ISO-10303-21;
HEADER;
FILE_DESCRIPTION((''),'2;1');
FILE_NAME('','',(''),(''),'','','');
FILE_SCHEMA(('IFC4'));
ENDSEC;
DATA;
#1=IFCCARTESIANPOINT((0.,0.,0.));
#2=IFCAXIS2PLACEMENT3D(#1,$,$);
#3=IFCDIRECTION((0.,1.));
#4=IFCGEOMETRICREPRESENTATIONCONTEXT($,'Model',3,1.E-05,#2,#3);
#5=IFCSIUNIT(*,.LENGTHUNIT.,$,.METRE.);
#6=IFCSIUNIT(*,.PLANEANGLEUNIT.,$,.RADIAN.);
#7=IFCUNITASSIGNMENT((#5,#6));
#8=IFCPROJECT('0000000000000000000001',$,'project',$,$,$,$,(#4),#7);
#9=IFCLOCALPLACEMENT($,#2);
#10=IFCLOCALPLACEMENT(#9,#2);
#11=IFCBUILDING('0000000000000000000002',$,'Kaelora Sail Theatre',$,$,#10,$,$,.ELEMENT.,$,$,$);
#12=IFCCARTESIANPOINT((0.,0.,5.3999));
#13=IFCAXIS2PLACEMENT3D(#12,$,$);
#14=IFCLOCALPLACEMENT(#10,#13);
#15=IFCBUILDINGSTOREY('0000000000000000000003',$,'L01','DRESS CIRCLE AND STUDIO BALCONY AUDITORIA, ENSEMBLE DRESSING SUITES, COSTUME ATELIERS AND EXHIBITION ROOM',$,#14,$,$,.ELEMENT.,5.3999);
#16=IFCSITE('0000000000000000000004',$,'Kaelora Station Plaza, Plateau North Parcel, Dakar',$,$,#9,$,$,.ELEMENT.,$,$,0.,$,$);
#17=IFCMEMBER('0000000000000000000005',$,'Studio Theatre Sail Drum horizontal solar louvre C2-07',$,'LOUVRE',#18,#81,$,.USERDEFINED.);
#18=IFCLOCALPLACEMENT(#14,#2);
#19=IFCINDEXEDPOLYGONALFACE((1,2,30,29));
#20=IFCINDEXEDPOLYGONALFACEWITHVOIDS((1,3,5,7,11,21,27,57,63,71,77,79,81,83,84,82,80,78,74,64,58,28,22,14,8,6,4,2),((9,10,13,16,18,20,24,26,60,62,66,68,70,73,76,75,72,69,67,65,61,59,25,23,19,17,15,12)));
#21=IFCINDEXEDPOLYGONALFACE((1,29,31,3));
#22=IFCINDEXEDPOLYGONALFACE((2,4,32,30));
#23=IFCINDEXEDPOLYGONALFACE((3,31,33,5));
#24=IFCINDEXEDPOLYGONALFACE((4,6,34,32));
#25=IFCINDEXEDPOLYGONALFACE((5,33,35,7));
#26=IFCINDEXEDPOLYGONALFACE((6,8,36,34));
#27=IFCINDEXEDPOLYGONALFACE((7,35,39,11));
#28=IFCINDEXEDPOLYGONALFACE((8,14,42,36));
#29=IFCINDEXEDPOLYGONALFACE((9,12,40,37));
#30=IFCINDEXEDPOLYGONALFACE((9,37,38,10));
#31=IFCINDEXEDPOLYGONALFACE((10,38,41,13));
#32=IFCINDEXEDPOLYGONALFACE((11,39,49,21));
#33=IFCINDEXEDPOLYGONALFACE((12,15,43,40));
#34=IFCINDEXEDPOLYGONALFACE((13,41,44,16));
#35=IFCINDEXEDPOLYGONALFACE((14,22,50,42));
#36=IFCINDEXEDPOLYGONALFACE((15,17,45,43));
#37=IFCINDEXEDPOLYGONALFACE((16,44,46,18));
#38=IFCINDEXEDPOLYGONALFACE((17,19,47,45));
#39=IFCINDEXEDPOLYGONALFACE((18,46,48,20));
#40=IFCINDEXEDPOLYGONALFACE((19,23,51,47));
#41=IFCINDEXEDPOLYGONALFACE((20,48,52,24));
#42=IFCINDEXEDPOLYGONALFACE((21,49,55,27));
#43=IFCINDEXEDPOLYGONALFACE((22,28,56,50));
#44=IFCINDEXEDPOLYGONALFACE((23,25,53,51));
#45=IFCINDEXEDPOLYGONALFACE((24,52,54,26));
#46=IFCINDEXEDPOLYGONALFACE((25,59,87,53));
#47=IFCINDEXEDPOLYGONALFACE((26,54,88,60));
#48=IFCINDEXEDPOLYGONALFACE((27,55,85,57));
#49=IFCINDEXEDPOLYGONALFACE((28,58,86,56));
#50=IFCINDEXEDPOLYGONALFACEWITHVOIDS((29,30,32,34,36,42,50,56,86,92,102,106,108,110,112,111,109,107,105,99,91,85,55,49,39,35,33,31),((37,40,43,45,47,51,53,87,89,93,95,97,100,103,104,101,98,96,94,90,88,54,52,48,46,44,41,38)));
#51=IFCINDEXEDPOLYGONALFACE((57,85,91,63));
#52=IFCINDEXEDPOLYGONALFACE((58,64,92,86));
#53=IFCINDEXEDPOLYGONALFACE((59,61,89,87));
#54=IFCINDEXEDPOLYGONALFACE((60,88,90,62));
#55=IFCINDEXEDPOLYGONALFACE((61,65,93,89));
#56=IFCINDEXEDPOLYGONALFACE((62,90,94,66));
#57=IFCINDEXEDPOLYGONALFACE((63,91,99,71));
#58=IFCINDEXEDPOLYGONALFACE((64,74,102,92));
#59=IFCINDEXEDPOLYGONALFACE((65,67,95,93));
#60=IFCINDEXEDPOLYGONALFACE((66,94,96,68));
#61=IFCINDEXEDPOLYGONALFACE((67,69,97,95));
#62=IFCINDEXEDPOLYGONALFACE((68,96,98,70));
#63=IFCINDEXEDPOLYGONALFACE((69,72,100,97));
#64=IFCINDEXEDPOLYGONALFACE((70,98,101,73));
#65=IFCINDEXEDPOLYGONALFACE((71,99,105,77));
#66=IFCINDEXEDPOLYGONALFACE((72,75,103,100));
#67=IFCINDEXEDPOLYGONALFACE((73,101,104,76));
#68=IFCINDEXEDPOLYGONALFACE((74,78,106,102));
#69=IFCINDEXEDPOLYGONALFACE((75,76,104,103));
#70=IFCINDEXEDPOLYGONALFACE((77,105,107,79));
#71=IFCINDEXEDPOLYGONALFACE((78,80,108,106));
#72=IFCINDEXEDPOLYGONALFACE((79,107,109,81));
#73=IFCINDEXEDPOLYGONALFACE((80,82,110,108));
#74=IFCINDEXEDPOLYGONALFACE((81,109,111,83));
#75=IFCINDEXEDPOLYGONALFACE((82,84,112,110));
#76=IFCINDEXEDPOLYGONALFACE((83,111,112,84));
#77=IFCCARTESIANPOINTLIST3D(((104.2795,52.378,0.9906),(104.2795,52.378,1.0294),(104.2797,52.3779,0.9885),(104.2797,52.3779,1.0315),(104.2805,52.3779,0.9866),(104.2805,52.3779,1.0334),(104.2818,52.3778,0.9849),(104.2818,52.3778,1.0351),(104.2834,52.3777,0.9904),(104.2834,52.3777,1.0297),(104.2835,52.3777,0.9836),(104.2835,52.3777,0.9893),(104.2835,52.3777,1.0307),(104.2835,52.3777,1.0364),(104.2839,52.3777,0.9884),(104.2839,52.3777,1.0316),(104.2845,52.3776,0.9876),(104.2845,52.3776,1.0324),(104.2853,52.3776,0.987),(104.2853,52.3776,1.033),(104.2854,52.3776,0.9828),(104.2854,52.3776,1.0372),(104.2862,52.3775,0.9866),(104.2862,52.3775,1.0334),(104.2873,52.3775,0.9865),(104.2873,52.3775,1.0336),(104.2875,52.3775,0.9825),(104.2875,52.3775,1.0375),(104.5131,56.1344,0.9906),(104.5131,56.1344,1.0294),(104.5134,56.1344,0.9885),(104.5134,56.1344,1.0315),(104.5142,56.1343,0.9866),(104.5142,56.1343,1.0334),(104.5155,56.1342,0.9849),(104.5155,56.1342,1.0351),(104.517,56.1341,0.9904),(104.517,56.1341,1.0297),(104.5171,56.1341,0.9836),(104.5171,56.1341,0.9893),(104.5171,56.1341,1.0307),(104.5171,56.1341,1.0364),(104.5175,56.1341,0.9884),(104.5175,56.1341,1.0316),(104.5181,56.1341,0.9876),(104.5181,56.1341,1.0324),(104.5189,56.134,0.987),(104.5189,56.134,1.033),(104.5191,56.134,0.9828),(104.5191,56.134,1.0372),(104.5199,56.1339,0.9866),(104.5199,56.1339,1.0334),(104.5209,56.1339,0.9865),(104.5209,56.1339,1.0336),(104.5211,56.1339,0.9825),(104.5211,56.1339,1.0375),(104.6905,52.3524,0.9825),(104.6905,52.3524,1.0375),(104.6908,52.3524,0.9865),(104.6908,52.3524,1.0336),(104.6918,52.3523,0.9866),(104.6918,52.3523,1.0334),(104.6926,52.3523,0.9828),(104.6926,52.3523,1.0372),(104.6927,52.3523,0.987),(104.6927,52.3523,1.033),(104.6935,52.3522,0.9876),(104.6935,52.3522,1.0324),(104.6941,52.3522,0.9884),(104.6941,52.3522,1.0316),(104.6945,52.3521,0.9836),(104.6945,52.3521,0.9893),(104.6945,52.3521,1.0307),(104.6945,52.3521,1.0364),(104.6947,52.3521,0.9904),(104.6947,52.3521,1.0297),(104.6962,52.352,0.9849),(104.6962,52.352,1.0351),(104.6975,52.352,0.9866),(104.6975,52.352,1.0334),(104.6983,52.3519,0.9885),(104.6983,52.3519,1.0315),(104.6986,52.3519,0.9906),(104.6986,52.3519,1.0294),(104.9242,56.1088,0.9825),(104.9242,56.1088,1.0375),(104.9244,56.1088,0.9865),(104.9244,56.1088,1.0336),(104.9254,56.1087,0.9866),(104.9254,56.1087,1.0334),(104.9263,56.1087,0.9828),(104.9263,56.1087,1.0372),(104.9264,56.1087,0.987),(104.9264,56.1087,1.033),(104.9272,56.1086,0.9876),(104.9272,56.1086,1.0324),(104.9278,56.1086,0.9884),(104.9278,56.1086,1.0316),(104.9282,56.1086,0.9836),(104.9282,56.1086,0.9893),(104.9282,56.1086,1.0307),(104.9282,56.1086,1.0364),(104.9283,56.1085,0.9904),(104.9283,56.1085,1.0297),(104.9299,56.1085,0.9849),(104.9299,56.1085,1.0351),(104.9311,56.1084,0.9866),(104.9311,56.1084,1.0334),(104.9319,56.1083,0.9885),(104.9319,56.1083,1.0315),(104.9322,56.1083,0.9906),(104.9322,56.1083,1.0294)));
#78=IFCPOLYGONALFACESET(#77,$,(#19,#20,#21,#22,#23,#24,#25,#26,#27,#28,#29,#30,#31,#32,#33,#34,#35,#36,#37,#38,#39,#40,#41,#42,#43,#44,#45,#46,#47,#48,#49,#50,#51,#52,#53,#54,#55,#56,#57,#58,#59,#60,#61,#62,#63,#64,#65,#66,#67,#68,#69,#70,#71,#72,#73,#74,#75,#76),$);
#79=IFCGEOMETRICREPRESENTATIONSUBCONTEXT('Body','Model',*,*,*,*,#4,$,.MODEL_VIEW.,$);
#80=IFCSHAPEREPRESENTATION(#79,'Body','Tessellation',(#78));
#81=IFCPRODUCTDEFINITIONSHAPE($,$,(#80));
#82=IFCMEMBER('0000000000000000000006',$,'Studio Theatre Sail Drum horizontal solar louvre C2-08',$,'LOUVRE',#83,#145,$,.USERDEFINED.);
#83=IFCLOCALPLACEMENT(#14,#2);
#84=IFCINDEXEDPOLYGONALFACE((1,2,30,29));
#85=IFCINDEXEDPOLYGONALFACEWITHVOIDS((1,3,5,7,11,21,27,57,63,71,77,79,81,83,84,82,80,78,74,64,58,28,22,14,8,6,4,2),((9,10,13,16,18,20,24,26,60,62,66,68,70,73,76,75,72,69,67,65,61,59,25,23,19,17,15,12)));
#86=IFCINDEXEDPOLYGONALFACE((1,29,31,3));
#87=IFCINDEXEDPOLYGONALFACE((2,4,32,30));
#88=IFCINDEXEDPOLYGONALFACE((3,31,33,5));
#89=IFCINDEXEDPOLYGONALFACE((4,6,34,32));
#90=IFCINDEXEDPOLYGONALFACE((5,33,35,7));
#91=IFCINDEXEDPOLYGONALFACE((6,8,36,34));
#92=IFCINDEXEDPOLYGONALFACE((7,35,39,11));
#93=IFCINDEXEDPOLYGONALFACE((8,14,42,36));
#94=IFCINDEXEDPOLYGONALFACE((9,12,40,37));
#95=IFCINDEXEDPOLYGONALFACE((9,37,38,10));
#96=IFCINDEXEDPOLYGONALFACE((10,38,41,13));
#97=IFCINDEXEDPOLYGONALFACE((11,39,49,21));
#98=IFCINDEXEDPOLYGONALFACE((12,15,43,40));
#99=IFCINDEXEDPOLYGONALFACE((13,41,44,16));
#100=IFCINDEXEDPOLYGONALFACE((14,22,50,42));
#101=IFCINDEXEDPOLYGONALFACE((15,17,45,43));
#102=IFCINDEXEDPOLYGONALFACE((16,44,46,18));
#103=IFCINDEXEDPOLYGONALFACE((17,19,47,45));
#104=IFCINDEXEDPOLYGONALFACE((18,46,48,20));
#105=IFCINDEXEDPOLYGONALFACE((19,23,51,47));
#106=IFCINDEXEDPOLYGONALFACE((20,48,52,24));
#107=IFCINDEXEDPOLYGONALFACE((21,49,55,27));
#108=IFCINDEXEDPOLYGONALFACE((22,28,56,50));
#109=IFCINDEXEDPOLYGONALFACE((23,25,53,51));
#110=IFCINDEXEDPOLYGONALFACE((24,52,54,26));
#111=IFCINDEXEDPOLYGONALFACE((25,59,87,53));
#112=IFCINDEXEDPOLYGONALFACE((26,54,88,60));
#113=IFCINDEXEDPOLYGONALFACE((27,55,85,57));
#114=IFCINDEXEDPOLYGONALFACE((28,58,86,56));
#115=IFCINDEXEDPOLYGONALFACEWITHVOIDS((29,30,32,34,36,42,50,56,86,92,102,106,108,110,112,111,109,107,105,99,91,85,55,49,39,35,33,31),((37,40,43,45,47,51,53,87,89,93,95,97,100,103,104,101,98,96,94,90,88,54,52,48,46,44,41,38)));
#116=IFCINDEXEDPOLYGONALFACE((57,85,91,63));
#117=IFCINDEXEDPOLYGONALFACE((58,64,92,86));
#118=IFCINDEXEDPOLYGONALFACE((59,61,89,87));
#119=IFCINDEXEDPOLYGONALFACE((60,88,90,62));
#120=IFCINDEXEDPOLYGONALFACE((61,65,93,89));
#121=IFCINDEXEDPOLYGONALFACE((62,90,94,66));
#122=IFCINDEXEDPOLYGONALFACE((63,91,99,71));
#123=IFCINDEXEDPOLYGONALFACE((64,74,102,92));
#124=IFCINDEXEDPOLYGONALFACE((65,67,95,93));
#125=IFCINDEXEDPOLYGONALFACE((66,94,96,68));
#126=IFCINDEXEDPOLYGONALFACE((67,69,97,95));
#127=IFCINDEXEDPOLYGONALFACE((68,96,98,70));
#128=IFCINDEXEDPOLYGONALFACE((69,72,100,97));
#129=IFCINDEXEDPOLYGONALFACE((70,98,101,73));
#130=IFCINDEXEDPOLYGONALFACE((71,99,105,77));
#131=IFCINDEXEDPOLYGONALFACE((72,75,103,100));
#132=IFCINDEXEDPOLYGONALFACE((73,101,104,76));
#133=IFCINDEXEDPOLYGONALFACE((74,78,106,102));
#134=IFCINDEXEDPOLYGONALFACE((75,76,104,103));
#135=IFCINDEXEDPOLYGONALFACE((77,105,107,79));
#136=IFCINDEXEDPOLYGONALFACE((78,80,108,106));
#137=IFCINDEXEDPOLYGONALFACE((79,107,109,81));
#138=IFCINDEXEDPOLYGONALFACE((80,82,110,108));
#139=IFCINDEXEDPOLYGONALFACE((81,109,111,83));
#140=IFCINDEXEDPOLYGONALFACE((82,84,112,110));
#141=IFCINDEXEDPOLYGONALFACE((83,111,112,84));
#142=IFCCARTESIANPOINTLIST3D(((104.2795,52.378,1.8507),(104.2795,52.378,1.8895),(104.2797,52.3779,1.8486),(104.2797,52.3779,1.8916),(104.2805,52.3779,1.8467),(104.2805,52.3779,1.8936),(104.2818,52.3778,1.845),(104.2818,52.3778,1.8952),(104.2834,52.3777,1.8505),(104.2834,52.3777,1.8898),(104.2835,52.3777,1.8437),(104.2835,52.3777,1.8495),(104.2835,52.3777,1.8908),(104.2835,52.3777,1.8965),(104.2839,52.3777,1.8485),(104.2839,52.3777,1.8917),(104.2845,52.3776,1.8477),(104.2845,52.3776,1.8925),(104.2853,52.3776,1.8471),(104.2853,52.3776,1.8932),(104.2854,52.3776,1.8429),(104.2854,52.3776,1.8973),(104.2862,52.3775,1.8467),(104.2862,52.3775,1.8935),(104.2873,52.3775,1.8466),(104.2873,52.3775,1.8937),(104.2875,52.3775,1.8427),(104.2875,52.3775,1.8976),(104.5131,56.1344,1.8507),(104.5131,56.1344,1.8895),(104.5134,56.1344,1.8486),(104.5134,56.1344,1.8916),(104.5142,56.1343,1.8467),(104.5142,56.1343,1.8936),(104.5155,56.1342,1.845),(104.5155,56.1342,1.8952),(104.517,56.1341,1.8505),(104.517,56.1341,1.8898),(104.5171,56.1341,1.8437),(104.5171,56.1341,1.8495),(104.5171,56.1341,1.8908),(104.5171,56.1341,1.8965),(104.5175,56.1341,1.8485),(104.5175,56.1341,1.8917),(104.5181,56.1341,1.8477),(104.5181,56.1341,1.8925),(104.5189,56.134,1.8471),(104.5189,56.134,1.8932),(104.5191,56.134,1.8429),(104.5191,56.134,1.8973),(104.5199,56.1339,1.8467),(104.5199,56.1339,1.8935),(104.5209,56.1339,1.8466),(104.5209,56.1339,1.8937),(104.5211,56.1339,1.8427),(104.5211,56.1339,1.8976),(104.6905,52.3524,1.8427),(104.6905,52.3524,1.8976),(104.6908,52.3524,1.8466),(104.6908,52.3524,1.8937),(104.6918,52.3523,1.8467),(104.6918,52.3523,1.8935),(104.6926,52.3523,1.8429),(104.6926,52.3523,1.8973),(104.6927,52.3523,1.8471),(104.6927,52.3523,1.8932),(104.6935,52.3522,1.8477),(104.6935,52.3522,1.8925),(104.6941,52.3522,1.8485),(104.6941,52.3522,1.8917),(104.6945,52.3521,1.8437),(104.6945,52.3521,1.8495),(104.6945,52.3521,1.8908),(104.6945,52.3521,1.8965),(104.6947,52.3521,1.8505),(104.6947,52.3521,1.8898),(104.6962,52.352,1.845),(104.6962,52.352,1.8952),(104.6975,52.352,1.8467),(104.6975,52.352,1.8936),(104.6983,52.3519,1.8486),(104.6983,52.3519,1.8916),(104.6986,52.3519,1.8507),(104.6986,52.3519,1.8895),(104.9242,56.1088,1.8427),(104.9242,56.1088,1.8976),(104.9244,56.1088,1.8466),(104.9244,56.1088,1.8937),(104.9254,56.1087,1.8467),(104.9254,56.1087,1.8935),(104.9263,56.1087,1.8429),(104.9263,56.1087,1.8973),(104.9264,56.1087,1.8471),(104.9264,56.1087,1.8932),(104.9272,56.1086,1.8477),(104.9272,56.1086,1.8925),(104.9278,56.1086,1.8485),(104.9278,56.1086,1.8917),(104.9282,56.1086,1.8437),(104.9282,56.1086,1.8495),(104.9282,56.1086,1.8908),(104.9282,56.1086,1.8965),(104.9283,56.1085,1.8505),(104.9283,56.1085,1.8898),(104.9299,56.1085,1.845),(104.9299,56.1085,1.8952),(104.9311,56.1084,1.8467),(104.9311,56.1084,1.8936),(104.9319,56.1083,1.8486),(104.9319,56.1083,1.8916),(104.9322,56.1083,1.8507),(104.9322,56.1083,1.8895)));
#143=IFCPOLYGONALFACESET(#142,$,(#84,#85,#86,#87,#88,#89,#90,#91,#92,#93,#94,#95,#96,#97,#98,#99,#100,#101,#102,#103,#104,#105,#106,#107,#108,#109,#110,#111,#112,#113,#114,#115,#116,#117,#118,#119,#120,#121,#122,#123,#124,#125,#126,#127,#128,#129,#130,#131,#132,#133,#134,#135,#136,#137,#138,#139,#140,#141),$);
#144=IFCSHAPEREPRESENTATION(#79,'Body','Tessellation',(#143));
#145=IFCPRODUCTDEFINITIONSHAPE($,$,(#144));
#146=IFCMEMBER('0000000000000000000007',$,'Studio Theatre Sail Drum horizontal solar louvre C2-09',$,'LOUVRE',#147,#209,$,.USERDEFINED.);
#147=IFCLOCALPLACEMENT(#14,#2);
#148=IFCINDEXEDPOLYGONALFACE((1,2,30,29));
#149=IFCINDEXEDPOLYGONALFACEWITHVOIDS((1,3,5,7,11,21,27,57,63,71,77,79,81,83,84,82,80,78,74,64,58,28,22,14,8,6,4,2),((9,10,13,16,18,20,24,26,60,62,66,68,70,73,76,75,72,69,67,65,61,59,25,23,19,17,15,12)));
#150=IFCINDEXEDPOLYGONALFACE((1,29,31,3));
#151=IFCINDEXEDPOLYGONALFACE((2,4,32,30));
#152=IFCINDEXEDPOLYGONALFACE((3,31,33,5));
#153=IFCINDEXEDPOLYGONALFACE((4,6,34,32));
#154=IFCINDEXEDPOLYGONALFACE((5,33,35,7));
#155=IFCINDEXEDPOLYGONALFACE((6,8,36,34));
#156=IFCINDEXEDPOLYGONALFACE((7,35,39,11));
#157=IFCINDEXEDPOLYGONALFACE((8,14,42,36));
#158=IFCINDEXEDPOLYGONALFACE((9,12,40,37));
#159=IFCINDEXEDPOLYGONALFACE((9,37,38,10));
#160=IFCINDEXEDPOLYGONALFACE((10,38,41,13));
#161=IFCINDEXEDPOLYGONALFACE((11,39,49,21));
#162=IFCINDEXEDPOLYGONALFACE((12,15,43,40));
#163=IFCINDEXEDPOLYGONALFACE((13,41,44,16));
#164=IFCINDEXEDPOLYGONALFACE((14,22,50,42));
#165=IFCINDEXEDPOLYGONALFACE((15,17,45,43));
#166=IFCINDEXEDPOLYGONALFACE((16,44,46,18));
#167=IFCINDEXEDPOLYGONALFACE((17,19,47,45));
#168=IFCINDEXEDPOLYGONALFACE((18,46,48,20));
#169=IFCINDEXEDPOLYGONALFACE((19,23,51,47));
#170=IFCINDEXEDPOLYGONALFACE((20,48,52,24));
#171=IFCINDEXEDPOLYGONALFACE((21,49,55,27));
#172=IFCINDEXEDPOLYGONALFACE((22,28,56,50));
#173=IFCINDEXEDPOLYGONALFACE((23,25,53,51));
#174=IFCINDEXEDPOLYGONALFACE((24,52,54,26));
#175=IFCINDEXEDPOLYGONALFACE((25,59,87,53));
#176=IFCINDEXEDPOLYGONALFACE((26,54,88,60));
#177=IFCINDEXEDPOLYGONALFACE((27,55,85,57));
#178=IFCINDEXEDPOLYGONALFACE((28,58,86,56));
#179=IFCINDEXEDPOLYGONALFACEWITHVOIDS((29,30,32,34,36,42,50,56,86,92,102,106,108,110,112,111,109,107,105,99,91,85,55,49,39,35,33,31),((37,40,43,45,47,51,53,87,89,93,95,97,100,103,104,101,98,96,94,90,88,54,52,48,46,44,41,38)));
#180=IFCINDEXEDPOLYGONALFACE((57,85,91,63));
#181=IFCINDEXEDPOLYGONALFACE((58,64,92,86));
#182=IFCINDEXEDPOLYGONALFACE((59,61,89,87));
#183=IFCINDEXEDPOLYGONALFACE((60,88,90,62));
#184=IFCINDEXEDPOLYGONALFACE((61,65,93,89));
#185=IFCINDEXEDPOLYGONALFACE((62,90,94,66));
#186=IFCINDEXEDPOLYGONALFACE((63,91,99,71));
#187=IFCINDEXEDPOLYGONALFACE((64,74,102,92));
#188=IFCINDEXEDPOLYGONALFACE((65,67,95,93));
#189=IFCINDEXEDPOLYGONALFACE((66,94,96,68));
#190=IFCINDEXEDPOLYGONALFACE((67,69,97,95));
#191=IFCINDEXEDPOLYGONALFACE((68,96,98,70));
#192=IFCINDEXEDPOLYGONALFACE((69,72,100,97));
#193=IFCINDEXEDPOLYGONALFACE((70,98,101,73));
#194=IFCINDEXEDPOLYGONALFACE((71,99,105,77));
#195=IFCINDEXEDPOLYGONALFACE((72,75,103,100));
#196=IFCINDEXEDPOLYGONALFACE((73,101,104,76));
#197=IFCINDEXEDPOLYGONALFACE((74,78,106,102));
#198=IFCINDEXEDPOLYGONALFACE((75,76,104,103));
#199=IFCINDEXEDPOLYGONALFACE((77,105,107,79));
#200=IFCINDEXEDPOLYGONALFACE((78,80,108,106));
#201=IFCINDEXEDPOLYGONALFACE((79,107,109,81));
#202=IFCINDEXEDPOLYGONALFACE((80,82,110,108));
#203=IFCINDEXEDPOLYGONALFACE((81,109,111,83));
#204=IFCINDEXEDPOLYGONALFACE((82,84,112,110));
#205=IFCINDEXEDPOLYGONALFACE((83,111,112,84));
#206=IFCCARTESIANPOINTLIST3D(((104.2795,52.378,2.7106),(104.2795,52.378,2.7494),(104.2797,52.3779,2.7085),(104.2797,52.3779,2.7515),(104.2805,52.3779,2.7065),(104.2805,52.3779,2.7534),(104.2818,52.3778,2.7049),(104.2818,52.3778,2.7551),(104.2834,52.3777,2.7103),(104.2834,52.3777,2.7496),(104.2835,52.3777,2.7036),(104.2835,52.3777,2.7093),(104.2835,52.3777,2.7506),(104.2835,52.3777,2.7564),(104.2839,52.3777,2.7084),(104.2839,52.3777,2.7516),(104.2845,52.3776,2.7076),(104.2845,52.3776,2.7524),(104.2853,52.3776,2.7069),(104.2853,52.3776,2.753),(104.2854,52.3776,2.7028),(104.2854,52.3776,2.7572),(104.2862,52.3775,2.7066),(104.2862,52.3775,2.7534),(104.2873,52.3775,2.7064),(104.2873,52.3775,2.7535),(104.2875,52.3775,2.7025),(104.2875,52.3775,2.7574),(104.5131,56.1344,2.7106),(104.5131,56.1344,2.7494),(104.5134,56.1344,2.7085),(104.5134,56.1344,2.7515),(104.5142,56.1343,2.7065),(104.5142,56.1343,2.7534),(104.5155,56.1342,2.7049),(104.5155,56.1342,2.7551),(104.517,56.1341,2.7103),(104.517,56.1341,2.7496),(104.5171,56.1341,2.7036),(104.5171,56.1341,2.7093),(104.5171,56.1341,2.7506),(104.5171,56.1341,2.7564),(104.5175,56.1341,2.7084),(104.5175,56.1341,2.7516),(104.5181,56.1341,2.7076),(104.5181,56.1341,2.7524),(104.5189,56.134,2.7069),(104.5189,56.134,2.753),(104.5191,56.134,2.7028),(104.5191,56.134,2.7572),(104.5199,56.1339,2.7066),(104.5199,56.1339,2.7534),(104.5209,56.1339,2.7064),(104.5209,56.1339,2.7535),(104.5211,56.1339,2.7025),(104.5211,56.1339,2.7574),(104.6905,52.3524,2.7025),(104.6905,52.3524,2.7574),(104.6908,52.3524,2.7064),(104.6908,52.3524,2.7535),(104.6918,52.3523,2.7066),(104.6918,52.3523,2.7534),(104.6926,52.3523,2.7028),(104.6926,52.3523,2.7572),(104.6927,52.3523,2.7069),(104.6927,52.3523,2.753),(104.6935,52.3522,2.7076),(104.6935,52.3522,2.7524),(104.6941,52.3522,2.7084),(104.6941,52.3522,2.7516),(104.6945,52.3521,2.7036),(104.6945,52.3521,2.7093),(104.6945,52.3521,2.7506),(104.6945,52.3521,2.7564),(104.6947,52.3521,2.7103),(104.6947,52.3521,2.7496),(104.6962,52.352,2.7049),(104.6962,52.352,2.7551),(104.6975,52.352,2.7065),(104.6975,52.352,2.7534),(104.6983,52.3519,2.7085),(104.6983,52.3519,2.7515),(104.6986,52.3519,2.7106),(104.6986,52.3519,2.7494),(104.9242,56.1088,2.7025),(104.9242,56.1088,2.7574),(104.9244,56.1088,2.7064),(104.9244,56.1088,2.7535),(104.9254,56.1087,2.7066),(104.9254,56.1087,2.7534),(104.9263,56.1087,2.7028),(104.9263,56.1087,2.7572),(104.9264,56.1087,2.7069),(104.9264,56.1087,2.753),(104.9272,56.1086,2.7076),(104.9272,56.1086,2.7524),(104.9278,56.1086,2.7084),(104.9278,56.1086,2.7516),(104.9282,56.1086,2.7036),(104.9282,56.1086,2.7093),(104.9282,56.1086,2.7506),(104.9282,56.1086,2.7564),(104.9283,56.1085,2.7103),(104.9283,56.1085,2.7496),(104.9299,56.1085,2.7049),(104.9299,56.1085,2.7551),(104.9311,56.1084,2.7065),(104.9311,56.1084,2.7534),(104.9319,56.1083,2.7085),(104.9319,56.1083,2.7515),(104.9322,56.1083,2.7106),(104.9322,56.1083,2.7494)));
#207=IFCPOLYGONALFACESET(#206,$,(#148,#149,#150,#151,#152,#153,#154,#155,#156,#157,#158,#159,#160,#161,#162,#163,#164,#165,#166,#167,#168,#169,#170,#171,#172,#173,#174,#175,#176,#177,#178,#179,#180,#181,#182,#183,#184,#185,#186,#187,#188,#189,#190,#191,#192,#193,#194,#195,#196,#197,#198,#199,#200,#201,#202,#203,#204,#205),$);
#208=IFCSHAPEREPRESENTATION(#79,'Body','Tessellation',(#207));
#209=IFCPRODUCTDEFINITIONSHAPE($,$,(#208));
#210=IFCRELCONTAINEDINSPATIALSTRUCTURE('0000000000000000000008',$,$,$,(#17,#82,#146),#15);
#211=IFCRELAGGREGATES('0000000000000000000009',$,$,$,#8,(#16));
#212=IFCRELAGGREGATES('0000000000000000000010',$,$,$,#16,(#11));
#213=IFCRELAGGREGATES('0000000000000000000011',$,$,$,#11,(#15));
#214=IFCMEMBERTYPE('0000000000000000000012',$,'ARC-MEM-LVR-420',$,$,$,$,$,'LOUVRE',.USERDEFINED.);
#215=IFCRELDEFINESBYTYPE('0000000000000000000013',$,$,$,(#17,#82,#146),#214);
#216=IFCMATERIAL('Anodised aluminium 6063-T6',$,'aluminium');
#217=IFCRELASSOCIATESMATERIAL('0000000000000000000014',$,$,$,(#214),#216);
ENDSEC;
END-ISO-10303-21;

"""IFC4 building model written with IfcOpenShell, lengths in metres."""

from ifc_helpers import new_model, si_unit, direction, frame, origin, origin_2d, place, context, subcontext, project, spatial, hollow_rectangle, extrude, material, material_profile, profile_set, type_object, element, save


model = new_model("IFC4")

# Units and contexts
model_context = context("Model", 3, precision=1e-05, world=origin(), true_north=direction((0.0, 1.0)))
body_context = subcontext(model_context, "Body", "Model", "MODEL_VIEW")
ifc_project = project(units=[si_unit("LENGTHUNIT", "METRE"), si_unit("PLANEANGLEUNIT", "RADIAN")], contexts=[model_context])

# Site, building, storey
site_placement = place(None, origin())
site = spatial("IfcSite", under=ifc_project, at=site_placement, Name="Kaelora Station Plaza, Plateau North Parcel, Dakar", CompositionType="ELEMENT", RefElevation=0.0)
building_placement = place(site_placement, origin())
building = spatial("IfcBuilding", under=site, at=building_placement, Name="Kaelora Sail Theatre", CompositionType="ELEMENT")
storey_placement = place(building_placement, frame((0.0, 0.0, 5.3999)))
storey = spatial("IfcBuildingStorey", under=building, at=storey_placement, Name="L01", Description="DRESS CIRCLE AND STUDIO BALCONY AUDITORIA, ENSEMBLE DRESSING SUITES, COSTUME ATELIERS AND EXHIBITION ROOM", CompositionType="ELEMENT", Elevation=5.3999)

# Members
ifc_material_1 = material(Name="Anodised aluminium 6063-T6", Category="aluminium")
ifc_material_profile_1 = material_profile(ifc_material_1, hollow_rectangle(XDim=0.4199, YDim=0.0549, WallThickness=0.0039, InnerFilletRadius=0.0039, OuterFilletRadius=0.0081, at=origin_2d()), Name="LOUVRE 420x55x4")
ifc_profile_set_1 = profile_set([ifc_material_profile_1], Name="Anodised aluminium 6063-T6")
member_type_1 = type_object("IfcMemberType", Name="ARC-MEM-LVR-420", ElementType="LOUVRE", PredefinedType="USERDEFINED", material=ifc_profile_set_1)
for number, where, z_axis, x_axis, name in (
    (1, (104.7227, 56.1213, 1.01), (-0.062079, -0.998071, 0.0), (0.998071, -0.062079, 0.0), "Studio Theatre Sail Drum horizontal solar louvre C2-07"),
    (2, (104.7227, 56.1213, 1.8701), (-0.062079, -0.998071, 0.0), (0.998071, -0.062079, 0.0), "Studio Theatre Sail Drum horizontal solar louvre C2-08"),
    (3, (104.7227, 56.1213, 2.73), (-0.062079, -0.998071, 0.0), (0.998071, -0.062079, 0.0), "Studio Theatre Sail Drum horizontal solar louvre C2-09"),
):
    element("IfcMember", number, at=place(storey_placement, frame(where, z_axis=z_axis, x_axis=x_axis)), inside=storey, type_object=member_type_1, Name=name, ObjectType="LOUVRE", PredefinedType="USERDEFINED", context=body_context, shape_type="SweptSolid", body=[
        extrude(hollow_rectangle(XDim=0.4199, YDim=0.0549, WallThickness=0.0039, InnerFilletRadius=0.0039, OuterFilletRadius=0.0081, at=origin_2d()), origin(), (0.0, 0.0, 1.0), 3.7637),
    ])

save(model, "model.ifc")
